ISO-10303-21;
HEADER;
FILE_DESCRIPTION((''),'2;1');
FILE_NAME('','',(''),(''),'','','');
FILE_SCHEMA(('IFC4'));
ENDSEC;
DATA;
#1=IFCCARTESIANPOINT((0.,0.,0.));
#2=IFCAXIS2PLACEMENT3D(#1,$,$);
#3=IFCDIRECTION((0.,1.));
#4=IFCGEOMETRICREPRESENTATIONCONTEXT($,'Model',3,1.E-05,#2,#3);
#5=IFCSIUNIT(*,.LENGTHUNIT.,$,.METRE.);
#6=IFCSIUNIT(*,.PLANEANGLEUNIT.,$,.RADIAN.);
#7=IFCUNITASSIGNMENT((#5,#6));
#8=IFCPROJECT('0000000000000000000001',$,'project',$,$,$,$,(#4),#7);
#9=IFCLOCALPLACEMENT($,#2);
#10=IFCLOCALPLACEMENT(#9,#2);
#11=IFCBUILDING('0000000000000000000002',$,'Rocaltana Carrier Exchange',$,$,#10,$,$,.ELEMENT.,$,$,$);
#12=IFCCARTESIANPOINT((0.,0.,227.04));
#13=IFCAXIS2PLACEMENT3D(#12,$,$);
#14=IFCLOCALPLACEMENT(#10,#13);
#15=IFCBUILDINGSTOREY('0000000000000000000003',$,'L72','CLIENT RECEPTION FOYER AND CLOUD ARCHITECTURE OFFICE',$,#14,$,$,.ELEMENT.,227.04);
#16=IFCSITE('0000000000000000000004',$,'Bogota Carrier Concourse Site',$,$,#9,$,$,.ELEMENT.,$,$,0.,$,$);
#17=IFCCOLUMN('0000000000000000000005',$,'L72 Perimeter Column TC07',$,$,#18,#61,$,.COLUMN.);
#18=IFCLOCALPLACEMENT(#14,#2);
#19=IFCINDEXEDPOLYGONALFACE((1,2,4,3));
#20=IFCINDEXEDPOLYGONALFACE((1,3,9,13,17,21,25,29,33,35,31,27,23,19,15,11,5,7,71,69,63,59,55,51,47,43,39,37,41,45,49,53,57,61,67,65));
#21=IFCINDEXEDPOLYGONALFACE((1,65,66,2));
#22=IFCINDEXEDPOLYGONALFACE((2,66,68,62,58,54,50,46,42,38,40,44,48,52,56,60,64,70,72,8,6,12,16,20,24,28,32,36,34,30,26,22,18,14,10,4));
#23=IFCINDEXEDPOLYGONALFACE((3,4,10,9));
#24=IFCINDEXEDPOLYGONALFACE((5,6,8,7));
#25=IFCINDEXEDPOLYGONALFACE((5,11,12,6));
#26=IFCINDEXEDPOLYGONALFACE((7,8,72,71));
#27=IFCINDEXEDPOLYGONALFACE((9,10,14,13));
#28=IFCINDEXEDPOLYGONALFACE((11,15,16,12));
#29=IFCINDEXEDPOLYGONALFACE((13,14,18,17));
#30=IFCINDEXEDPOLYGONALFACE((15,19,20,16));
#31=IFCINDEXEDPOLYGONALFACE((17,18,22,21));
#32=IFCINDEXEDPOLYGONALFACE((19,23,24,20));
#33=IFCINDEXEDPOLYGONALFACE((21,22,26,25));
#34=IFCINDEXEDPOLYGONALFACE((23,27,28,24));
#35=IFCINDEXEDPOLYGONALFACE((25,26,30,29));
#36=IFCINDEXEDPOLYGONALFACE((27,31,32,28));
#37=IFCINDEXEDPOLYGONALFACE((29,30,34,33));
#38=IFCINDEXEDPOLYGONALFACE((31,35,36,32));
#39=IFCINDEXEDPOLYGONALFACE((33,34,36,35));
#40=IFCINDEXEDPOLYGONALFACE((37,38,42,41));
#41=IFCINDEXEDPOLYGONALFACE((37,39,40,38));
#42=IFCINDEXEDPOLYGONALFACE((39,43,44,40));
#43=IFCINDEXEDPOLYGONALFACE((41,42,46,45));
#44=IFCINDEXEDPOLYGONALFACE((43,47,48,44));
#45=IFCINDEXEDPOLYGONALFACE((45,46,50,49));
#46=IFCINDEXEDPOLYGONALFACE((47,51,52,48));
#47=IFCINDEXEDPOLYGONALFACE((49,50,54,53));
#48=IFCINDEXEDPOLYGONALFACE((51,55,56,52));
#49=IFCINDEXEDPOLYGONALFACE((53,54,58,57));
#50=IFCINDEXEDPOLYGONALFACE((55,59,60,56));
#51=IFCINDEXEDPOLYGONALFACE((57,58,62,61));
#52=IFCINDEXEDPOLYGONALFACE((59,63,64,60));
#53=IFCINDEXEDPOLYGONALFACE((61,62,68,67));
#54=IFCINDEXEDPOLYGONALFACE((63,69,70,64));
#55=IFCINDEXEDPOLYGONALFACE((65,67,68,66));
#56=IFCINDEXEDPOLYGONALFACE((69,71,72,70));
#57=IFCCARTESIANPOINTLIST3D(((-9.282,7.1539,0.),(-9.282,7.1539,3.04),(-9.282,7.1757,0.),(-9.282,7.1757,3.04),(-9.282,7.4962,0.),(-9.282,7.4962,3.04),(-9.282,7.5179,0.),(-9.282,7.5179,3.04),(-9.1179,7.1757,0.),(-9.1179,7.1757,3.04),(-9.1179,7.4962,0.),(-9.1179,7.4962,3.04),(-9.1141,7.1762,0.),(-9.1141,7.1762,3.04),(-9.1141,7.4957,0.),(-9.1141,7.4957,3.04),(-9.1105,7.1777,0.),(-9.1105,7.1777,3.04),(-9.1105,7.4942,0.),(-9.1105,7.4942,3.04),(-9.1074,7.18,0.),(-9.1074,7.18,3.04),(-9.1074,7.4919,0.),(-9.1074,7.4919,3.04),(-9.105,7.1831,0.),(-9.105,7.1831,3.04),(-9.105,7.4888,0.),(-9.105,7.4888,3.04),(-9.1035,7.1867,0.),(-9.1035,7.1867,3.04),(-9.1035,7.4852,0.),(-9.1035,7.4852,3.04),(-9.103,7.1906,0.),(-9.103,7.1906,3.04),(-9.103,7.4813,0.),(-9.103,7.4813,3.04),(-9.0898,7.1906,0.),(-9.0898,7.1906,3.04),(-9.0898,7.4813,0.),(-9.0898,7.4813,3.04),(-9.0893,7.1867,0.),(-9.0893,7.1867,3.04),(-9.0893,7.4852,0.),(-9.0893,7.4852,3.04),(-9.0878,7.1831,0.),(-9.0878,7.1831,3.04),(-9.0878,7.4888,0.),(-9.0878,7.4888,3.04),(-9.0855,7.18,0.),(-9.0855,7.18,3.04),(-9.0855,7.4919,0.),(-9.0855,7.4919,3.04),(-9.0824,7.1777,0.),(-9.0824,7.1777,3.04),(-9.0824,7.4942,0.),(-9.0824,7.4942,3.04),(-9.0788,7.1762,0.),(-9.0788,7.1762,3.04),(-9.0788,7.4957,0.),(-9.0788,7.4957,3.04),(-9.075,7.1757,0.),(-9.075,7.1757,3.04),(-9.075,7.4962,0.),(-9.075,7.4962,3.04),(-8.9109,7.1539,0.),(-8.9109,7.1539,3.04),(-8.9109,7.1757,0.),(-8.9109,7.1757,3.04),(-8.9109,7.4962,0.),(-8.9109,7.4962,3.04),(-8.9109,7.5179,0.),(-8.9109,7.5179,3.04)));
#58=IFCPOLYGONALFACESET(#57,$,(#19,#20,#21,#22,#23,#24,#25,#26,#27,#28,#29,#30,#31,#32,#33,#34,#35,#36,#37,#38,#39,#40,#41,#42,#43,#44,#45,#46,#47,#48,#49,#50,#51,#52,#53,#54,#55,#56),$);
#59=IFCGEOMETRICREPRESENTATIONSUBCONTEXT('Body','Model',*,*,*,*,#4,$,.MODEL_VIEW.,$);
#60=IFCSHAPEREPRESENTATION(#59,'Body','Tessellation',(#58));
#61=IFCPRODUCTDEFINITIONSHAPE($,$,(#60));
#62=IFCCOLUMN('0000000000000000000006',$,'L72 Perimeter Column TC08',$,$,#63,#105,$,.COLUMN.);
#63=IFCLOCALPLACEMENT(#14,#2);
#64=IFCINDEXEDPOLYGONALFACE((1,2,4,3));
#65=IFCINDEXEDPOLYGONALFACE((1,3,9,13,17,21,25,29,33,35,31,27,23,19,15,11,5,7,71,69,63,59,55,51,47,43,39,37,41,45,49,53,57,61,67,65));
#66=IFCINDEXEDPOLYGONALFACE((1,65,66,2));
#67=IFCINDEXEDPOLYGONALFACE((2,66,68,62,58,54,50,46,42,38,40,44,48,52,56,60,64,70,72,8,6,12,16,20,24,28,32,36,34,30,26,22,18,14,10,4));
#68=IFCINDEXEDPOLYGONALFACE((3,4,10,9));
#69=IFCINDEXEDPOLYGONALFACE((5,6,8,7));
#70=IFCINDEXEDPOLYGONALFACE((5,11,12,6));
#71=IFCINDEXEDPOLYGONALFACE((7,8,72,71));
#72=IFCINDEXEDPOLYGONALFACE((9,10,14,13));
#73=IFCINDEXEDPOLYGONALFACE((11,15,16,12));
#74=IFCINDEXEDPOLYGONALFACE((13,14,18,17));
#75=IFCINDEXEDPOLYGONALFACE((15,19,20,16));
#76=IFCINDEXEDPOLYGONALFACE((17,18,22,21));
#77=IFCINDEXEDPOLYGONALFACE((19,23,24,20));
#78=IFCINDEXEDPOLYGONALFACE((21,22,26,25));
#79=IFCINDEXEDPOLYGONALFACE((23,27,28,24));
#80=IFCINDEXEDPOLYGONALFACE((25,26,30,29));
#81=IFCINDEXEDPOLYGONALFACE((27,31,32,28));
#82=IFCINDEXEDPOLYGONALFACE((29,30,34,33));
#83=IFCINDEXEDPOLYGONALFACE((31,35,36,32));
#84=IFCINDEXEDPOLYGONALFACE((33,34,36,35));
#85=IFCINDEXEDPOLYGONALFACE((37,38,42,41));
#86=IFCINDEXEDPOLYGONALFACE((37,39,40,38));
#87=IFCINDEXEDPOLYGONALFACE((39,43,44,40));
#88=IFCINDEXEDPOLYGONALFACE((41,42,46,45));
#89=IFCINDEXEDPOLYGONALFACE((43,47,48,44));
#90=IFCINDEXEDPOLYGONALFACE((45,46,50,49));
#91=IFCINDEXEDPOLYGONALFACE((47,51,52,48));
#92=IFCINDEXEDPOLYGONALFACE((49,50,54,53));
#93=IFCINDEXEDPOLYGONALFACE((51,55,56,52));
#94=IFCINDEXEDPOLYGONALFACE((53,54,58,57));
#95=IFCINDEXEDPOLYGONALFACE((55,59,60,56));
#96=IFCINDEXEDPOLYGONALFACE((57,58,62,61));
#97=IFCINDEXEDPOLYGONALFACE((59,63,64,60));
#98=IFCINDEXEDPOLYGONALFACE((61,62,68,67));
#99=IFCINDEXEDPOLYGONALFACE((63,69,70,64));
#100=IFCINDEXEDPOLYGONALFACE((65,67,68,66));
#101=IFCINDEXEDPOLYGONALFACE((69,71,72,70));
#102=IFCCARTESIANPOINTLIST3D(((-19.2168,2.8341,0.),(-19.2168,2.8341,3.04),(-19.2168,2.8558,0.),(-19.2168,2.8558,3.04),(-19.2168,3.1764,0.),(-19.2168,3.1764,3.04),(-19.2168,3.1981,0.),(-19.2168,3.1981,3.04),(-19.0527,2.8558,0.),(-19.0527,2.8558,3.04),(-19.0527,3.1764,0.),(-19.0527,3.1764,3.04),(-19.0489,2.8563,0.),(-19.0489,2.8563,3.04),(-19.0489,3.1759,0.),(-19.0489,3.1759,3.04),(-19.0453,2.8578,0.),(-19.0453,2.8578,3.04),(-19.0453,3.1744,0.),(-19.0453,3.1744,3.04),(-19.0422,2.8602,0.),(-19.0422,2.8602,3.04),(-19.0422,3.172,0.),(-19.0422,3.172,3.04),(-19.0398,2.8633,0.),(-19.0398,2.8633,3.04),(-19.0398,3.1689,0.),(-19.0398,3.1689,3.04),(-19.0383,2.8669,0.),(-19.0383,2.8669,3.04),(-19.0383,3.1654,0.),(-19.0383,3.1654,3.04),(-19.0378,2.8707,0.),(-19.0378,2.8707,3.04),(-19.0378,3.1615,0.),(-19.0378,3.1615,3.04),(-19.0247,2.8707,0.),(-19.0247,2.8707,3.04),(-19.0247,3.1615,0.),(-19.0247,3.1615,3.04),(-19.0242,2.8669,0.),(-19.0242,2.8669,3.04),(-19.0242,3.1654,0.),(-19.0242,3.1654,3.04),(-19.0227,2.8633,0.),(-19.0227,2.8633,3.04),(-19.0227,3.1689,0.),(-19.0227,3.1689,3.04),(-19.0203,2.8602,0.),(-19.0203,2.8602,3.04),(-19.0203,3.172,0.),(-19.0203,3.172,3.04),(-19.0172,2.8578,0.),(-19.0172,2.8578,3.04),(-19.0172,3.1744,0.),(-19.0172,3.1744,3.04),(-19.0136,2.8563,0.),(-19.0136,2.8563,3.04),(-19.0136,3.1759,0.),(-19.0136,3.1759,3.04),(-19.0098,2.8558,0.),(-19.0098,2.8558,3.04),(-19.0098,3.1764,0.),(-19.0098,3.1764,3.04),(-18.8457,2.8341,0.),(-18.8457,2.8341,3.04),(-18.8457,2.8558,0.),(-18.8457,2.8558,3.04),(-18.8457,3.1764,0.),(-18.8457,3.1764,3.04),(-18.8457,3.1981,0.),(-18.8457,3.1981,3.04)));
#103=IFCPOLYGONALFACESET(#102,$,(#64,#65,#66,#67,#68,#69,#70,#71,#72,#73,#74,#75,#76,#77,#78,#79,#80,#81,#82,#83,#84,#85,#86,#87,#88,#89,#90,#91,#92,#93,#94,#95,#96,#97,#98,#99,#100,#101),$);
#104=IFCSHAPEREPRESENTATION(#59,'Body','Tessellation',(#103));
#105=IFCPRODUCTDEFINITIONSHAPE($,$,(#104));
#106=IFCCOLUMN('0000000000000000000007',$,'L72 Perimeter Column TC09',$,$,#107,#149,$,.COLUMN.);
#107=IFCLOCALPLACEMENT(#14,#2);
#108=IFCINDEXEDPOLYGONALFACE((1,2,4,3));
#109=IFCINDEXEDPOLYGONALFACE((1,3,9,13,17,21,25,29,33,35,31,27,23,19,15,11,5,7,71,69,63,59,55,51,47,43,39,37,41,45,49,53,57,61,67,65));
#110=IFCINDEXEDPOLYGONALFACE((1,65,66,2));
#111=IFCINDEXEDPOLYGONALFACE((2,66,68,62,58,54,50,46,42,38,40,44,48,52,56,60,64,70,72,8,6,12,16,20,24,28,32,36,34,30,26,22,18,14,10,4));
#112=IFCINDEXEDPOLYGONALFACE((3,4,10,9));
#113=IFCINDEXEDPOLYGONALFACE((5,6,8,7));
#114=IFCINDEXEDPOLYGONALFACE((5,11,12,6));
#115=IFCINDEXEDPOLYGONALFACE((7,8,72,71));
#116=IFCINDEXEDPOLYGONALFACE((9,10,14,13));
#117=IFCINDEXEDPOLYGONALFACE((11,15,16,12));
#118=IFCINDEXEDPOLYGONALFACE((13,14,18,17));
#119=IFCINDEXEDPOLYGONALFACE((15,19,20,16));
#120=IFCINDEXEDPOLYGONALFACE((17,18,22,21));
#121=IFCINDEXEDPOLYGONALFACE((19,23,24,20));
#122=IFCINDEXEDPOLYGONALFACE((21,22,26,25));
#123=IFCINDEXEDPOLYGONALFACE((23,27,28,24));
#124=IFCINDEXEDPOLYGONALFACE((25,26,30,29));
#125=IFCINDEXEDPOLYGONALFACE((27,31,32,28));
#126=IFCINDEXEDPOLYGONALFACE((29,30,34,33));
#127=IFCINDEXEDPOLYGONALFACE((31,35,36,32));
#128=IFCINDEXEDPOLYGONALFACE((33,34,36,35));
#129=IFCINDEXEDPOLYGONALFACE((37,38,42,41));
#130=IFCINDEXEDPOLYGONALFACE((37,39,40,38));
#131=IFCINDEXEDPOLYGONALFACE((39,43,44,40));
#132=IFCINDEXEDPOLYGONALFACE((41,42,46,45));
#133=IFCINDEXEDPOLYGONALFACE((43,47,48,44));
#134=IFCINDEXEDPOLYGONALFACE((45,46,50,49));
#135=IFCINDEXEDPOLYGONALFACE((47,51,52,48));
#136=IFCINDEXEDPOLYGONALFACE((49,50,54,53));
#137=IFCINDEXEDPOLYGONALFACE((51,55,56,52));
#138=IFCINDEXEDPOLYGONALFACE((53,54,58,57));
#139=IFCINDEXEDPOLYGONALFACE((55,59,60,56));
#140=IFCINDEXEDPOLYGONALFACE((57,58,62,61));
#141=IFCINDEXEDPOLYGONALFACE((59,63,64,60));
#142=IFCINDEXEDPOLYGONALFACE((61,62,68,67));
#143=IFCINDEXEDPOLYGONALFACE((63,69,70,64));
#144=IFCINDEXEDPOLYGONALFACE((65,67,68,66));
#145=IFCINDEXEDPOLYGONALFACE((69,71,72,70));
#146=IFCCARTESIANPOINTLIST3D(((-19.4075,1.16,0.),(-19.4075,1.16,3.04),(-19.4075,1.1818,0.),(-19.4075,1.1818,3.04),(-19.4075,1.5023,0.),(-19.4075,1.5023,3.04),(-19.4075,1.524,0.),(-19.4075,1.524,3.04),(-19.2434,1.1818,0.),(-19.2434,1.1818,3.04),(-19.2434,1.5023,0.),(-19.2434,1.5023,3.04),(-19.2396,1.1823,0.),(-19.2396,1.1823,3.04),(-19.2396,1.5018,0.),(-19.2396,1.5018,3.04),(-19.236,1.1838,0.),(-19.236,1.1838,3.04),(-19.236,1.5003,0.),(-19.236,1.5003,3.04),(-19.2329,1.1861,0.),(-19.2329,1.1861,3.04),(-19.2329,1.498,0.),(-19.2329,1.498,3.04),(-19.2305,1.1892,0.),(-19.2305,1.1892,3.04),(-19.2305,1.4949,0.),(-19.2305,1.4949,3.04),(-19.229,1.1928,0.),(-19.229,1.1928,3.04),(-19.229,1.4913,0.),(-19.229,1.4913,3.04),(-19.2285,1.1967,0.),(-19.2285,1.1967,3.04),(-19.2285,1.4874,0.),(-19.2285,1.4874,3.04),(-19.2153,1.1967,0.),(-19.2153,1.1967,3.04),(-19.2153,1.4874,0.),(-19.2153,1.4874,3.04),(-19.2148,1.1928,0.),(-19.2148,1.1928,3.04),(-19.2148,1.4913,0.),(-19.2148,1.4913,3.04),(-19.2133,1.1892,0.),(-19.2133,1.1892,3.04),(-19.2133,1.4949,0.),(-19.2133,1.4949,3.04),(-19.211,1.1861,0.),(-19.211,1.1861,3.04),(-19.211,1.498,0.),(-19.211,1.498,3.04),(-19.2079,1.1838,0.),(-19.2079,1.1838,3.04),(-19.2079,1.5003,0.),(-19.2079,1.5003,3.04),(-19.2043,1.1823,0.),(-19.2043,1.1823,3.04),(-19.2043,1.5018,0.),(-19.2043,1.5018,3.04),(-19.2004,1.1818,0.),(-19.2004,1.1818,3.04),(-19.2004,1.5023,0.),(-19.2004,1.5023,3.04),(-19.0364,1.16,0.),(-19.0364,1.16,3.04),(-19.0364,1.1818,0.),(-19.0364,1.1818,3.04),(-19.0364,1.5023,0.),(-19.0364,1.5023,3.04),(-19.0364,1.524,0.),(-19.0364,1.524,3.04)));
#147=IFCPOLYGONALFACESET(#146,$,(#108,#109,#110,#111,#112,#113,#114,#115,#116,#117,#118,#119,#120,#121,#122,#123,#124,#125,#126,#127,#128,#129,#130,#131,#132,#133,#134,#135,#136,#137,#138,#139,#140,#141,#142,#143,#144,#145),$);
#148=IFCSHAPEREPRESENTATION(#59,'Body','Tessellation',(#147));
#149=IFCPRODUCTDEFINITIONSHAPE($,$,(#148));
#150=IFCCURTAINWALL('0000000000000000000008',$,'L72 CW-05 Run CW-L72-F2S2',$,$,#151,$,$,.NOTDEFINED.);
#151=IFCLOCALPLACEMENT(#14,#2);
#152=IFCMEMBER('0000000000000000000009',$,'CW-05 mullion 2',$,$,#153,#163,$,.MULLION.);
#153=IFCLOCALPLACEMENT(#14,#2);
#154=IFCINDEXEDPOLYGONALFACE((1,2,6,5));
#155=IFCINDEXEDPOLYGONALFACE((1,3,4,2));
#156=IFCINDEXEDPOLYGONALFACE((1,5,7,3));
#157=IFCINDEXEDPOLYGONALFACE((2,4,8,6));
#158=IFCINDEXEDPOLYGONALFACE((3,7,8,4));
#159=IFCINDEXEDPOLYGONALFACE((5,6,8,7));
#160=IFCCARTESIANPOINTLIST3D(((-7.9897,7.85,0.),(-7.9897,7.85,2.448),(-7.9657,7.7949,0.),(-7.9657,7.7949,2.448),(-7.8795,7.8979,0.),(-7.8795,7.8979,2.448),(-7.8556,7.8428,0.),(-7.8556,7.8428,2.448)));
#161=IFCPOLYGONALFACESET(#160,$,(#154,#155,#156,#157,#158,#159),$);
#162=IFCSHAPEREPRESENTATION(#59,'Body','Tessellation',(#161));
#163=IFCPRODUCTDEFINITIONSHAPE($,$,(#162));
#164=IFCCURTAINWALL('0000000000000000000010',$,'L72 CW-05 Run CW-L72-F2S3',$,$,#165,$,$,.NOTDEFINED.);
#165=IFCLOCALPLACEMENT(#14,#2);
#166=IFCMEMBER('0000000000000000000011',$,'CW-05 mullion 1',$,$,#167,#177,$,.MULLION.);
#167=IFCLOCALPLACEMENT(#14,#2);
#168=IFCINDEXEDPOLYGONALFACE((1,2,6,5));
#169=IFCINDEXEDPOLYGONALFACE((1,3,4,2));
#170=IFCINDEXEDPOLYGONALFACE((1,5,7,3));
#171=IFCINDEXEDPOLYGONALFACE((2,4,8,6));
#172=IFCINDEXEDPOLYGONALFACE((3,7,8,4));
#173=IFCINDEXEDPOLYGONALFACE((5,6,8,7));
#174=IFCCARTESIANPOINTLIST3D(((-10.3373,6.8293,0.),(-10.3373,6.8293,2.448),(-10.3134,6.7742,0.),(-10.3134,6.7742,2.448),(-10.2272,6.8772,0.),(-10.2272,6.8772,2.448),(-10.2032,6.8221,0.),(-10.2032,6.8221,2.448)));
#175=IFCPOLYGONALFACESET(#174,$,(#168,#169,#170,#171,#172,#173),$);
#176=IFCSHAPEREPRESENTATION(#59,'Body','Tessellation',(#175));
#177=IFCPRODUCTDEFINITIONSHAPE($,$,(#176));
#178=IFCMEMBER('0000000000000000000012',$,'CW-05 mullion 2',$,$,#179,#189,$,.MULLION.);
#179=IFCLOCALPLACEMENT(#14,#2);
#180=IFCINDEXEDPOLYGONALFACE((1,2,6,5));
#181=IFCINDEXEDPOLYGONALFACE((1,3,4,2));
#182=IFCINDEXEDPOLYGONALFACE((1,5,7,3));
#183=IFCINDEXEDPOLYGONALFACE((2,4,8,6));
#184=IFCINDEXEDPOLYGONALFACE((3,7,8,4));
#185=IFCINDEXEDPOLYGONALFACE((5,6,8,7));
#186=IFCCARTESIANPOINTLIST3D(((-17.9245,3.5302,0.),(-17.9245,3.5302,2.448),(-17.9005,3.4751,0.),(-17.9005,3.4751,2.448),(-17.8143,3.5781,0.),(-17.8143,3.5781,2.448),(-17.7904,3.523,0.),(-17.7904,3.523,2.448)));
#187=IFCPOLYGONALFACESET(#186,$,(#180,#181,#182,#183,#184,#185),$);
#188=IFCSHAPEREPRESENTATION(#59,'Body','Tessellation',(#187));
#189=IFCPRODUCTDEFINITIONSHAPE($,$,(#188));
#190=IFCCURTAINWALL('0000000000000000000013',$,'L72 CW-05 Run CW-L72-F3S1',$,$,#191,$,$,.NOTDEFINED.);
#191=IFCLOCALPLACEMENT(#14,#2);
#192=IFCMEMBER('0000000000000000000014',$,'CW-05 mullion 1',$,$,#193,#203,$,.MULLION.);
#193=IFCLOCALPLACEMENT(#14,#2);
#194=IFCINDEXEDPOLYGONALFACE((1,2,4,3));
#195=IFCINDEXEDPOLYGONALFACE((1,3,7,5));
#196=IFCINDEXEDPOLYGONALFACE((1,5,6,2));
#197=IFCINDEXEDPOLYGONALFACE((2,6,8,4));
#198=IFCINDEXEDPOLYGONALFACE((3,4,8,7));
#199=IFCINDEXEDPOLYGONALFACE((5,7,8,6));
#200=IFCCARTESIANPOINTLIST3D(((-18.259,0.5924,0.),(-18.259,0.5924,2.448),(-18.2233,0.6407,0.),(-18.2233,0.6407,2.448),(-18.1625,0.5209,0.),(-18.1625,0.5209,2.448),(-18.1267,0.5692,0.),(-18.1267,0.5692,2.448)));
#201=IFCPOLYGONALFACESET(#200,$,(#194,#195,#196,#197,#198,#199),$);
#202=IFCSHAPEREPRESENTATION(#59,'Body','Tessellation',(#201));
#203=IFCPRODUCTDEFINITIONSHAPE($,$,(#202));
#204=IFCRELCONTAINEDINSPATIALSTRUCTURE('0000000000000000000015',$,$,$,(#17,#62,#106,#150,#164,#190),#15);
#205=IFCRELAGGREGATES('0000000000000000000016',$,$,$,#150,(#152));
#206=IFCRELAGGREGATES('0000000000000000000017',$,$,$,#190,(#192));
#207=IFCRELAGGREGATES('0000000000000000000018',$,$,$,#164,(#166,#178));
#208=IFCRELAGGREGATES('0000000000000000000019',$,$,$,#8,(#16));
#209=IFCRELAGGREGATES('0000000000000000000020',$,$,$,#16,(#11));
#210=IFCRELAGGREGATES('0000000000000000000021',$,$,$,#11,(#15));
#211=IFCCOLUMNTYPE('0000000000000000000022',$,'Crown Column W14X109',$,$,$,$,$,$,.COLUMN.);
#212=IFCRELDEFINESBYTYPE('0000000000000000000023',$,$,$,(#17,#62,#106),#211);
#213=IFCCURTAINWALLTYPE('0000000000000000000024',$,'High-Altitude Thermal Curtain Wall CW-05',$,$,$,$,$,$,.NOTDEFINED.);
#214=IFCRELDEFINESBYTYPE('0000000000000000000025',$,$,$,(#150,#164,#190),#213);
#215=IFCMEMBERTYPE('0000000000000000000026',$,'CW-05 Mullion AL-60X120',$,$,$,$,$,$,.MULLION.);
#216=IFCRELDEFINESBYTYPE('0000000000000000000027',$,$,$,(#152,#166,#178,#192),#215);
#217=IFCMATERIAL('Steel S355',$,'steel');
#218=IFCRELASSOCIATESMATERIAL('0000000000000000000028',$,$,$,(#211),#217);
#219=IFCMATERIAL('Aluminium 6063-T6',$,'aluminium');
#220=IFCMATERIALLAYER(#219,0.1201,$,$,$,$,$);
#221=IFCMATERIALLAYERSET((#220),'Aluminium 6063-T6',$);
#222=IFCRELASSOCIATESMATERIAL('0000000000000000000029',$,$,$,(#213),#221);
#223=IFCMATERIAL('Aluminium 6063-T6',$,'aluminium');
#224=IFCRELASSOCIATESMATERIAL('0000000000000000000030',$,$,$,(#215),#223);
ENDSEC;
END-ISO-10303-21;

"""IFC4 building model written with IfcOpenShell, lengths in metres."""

from ifc_helpers import new_model, si_unit, direction, frame, origin, origin_2d, place, context, subcontext, project, spatial, rectangle, i_section, extrude, material, layer, layer_set, material_profile, profile_set, type_object, element, aggregate, save


model = new_model("IFC4")

# Units and contexts
model_context = context("Model", 3, precision=1e-05, world=origin(), true_north=direction((0.0, 1.0)))
body_context = subcontext(model_context, "Body", "Model", "MODEL_VIEW")
ifc_project = project(units=[si_unit("LENGTHUNIT", "METRE"), si_unit("PLANEANGLEUNIT", "RADIAN")], contexts=[model_context])

# Site, building, storey
site_placement = place(None, origin())
site = spatial("IfcSite", under=ifc_project, at=site_placement, Name="Bogota Carrier Concourse Site", CompositionType="ELEMENT", RefElevation=0.0)
building_placement = place(site_placement, origin())
building = spatial("IfcBuilding", under=site, at=building_placement, Name="Rocaltana Carrier Exchange", CompositionType="ELEMENT")
storey_placement = place(building_placement, frame((0.0, 0.0, 227.04)))
storey = spatial("IfcBuildingStorey", under=building, at=storey_placement, Name="L72", Description="CLIENT RECEPTION FOYER AND CLOUD ARCHITECTURE OFFICE", CompositionType="ELEMENT", Elevation=227.04)

# Columns
ifc_material_1 = material(Name="Steel S355", Category="steel")
ifc_material_profile_1 = material_profile(ifc_material_1, i_section(OverallWidth=0.3711, OverallDepth=0.364, WebThickness=0.0132, FlangeThickness=0.0217, FilletRadius=0.0149, at=origin_2d()), Name="W14X109")
ifc_profile_set_1 = profile_set([ifc_material_profile_1], Name="Steel S355")
column_type = type_object("IfcColumnType", Name="Crown Column W14X109", PredefinedType="COLUMN", material=ifc_profile_set_1)
for number, where, z_axis, x_axis, name in (
    (1, (-9.0964, 7.3359, 0.0), (0.0, 0.0, 1.0), (1.0, 0.0, 0.0), "L72 Perimeter Column TC07"),
    (2, (-19.0312, 3.0161, 0.0), (0.0, 0.0, 1.0), (1.0, 0.0, 0.0), "L72 Perimeter Column TC08"),
    (3, (-19.2219, 1.342, 0.0), (0.0, 0.0, 1.0), (1.0, 0.0, 0.0), "L72 Perimeter Column TC09"),
):
    element("IfcColumn", number, at=place(storey_placement, frame(where, z_axis=z_axis, x_axis=x_axis)), inside=storey, type_object=column_type, Name=name, PredefinedType="COLUMN", context=body_context, shape_type="SweptSolid", body=[
        extrude(i_section(OverallWidth=0.3711, OverallDepth=0.364, WebThickness=0.0132, FlangeThickness=0.0217, FilletRadius=0.0149, at=origin_2d()), origin(), (0.0, 0.0, 1.0), 3.04),
    ])

# Curtain wall, member
ifc_material_2 = material(Name="Aluminium 6063-T6", Category="aluminium")
ifc_layer_1 = layer(ifc_material_2, 0.1201)
ifc_layer_set_1 = layer_set([ifc_layer_1], Name="Aluminium 6063-T6")
curtain_wall_type = type_object("IfcCurtainWallType", Name="High-Altitude Thermal Curtain Wall CW-05", PredefinedType="NOTDEFINED", material=ifc_layer_set_1)
curtain_wall_1_placement = place(storey_placement, origin())
curtain_wall_1 = element("IfcCurtainWall", 4, at=curtain_wall_1_placement, inside=storey, type_object=curtain_wall_type, Name="L72 CW-05 Run CW-L72-F2S2", PredefinedType="NOTDEFINED")
ifc_material_3 = material(Name="Aluminium 6063-T6", Category="aluminium")
ifc_material_profile_2 = material_profile(ifc_material_3, rectangle(XDim=0.0601, YDim=0.1201, at=origin_2d()), Name="AL-60X120")
ifc_profile_set_2 = profile_set([ifc_material_profile_2], Name="Aluminium 6063-T6")
member_type_1 = type_object("IfcMemberType", Name="CW-05 Mullion AL-60X120", PredefinedType="MULLION", material=ifc_profile_set_2)
member_1_placement = place(storey_placement, frame((-7.9226, 7.8464, 0.0), z_axis=(0.0, 0.0, 1.0), x_axis=(0.398752, -0.917059, 0.0)))
member_1 = element("IfcMember", 5, at=member_1_placement, type_object=member_type_1, Name="CW-05 mullion 2", PredefinedType="MULLION", context=body_context, shape_type="SweptSolid", body=[
    extrude(rectangle(XDim=0.0601, YDim=0.1201, at=origin_2d()), origin(), (0.0, 0.0, 1.0), 2.448),
])
aggregate(curtain_wall_1, [member_1])

# Curtain wall, members
curtain_wall_2_placement = place(storey_placement, origin())
curtain_wall_2 = element("IfcCurtainWall", 6, at=curtain_wall_2_placement, inside=storey, type_object=curtain_wall_type, Name="L72 CW-05 Run CW-L72-F2S3", PredefinedType="NOTDEFINED")
member_2_placement = place(storey_placement, frame((-10.2703, 6.8257, 0.0), z_axis=(0.0, 0.0, 1.0), x_axis=(0.398757, -0.917057, 0.0)))
member_2 = element("IfcMember", 7, at=member_2_placement, type_object=member_type_1, Name="CW-05 mullion 1", PredefinedType="MULLION", context=body_context, shape_type="SweptSolid", body=[
    extrude(rectangle(XDim=0.0601, YDim=0.1201, at=origin_2d()), origin(), (0.0, 0.0, 1.0), 2.448),
])
member_3_placement = place(storey_placement, frame((-17.8574, 3.5266, 0.0), z_axis=(0.0, 0.0, 1.0), x_axis=(0.398757, -0.917057, 0.0)))
member_3 = element("IfcMember", 8, at=member_3_placement, type_object=member_type_1, Name="CW-05 mullion 2", PredefinedType="MULLION", context=body_context, shape_type="SweptSolid", body=[
    extrude(rectangle(XDim=0.0601, YDim=0.1201, at=origin_2d()), origin(), (0.0, 0.0, 1.0), 2.448),
])

# Curtain wall, member
curtain_wall_3_placement = place(storey_placement, origin())
curtain_wall_3 = element("IfcCurtainWall", 9, at=curtain_wall_3_placement, inside=storey, type_object=curtain_wall_type, Name="L72 CW-05 Run CW-L72-F3S1", PredefinedType="NOTDEFINED")
member_4_placement = place(storey_placement, frame((-18.1929, 0.5808, 0.0), z_axis=(0.0, 0.0, 1.0), x_axis=(0.594827, 0.803854, 0.0)))
member_4 = element("IfcMember", 10, at=member_4_placement, type_object=member_type_1, Name="CW-05 mullion 1", PredefinedType="MULLION", context=body_context, shape_type="SweptSolid", body=[
    extrude(rectangle(XDim=0.0601, YDim=0.1201, at=origin_2d()), origin(), (0.0, 0.0, 1.0), 2.448),
])

aggregate(curtain_wall_3, [member_4])

aggregate(curtain_wall_2, [member_2, member_3])

save(model, "model.ifc")
